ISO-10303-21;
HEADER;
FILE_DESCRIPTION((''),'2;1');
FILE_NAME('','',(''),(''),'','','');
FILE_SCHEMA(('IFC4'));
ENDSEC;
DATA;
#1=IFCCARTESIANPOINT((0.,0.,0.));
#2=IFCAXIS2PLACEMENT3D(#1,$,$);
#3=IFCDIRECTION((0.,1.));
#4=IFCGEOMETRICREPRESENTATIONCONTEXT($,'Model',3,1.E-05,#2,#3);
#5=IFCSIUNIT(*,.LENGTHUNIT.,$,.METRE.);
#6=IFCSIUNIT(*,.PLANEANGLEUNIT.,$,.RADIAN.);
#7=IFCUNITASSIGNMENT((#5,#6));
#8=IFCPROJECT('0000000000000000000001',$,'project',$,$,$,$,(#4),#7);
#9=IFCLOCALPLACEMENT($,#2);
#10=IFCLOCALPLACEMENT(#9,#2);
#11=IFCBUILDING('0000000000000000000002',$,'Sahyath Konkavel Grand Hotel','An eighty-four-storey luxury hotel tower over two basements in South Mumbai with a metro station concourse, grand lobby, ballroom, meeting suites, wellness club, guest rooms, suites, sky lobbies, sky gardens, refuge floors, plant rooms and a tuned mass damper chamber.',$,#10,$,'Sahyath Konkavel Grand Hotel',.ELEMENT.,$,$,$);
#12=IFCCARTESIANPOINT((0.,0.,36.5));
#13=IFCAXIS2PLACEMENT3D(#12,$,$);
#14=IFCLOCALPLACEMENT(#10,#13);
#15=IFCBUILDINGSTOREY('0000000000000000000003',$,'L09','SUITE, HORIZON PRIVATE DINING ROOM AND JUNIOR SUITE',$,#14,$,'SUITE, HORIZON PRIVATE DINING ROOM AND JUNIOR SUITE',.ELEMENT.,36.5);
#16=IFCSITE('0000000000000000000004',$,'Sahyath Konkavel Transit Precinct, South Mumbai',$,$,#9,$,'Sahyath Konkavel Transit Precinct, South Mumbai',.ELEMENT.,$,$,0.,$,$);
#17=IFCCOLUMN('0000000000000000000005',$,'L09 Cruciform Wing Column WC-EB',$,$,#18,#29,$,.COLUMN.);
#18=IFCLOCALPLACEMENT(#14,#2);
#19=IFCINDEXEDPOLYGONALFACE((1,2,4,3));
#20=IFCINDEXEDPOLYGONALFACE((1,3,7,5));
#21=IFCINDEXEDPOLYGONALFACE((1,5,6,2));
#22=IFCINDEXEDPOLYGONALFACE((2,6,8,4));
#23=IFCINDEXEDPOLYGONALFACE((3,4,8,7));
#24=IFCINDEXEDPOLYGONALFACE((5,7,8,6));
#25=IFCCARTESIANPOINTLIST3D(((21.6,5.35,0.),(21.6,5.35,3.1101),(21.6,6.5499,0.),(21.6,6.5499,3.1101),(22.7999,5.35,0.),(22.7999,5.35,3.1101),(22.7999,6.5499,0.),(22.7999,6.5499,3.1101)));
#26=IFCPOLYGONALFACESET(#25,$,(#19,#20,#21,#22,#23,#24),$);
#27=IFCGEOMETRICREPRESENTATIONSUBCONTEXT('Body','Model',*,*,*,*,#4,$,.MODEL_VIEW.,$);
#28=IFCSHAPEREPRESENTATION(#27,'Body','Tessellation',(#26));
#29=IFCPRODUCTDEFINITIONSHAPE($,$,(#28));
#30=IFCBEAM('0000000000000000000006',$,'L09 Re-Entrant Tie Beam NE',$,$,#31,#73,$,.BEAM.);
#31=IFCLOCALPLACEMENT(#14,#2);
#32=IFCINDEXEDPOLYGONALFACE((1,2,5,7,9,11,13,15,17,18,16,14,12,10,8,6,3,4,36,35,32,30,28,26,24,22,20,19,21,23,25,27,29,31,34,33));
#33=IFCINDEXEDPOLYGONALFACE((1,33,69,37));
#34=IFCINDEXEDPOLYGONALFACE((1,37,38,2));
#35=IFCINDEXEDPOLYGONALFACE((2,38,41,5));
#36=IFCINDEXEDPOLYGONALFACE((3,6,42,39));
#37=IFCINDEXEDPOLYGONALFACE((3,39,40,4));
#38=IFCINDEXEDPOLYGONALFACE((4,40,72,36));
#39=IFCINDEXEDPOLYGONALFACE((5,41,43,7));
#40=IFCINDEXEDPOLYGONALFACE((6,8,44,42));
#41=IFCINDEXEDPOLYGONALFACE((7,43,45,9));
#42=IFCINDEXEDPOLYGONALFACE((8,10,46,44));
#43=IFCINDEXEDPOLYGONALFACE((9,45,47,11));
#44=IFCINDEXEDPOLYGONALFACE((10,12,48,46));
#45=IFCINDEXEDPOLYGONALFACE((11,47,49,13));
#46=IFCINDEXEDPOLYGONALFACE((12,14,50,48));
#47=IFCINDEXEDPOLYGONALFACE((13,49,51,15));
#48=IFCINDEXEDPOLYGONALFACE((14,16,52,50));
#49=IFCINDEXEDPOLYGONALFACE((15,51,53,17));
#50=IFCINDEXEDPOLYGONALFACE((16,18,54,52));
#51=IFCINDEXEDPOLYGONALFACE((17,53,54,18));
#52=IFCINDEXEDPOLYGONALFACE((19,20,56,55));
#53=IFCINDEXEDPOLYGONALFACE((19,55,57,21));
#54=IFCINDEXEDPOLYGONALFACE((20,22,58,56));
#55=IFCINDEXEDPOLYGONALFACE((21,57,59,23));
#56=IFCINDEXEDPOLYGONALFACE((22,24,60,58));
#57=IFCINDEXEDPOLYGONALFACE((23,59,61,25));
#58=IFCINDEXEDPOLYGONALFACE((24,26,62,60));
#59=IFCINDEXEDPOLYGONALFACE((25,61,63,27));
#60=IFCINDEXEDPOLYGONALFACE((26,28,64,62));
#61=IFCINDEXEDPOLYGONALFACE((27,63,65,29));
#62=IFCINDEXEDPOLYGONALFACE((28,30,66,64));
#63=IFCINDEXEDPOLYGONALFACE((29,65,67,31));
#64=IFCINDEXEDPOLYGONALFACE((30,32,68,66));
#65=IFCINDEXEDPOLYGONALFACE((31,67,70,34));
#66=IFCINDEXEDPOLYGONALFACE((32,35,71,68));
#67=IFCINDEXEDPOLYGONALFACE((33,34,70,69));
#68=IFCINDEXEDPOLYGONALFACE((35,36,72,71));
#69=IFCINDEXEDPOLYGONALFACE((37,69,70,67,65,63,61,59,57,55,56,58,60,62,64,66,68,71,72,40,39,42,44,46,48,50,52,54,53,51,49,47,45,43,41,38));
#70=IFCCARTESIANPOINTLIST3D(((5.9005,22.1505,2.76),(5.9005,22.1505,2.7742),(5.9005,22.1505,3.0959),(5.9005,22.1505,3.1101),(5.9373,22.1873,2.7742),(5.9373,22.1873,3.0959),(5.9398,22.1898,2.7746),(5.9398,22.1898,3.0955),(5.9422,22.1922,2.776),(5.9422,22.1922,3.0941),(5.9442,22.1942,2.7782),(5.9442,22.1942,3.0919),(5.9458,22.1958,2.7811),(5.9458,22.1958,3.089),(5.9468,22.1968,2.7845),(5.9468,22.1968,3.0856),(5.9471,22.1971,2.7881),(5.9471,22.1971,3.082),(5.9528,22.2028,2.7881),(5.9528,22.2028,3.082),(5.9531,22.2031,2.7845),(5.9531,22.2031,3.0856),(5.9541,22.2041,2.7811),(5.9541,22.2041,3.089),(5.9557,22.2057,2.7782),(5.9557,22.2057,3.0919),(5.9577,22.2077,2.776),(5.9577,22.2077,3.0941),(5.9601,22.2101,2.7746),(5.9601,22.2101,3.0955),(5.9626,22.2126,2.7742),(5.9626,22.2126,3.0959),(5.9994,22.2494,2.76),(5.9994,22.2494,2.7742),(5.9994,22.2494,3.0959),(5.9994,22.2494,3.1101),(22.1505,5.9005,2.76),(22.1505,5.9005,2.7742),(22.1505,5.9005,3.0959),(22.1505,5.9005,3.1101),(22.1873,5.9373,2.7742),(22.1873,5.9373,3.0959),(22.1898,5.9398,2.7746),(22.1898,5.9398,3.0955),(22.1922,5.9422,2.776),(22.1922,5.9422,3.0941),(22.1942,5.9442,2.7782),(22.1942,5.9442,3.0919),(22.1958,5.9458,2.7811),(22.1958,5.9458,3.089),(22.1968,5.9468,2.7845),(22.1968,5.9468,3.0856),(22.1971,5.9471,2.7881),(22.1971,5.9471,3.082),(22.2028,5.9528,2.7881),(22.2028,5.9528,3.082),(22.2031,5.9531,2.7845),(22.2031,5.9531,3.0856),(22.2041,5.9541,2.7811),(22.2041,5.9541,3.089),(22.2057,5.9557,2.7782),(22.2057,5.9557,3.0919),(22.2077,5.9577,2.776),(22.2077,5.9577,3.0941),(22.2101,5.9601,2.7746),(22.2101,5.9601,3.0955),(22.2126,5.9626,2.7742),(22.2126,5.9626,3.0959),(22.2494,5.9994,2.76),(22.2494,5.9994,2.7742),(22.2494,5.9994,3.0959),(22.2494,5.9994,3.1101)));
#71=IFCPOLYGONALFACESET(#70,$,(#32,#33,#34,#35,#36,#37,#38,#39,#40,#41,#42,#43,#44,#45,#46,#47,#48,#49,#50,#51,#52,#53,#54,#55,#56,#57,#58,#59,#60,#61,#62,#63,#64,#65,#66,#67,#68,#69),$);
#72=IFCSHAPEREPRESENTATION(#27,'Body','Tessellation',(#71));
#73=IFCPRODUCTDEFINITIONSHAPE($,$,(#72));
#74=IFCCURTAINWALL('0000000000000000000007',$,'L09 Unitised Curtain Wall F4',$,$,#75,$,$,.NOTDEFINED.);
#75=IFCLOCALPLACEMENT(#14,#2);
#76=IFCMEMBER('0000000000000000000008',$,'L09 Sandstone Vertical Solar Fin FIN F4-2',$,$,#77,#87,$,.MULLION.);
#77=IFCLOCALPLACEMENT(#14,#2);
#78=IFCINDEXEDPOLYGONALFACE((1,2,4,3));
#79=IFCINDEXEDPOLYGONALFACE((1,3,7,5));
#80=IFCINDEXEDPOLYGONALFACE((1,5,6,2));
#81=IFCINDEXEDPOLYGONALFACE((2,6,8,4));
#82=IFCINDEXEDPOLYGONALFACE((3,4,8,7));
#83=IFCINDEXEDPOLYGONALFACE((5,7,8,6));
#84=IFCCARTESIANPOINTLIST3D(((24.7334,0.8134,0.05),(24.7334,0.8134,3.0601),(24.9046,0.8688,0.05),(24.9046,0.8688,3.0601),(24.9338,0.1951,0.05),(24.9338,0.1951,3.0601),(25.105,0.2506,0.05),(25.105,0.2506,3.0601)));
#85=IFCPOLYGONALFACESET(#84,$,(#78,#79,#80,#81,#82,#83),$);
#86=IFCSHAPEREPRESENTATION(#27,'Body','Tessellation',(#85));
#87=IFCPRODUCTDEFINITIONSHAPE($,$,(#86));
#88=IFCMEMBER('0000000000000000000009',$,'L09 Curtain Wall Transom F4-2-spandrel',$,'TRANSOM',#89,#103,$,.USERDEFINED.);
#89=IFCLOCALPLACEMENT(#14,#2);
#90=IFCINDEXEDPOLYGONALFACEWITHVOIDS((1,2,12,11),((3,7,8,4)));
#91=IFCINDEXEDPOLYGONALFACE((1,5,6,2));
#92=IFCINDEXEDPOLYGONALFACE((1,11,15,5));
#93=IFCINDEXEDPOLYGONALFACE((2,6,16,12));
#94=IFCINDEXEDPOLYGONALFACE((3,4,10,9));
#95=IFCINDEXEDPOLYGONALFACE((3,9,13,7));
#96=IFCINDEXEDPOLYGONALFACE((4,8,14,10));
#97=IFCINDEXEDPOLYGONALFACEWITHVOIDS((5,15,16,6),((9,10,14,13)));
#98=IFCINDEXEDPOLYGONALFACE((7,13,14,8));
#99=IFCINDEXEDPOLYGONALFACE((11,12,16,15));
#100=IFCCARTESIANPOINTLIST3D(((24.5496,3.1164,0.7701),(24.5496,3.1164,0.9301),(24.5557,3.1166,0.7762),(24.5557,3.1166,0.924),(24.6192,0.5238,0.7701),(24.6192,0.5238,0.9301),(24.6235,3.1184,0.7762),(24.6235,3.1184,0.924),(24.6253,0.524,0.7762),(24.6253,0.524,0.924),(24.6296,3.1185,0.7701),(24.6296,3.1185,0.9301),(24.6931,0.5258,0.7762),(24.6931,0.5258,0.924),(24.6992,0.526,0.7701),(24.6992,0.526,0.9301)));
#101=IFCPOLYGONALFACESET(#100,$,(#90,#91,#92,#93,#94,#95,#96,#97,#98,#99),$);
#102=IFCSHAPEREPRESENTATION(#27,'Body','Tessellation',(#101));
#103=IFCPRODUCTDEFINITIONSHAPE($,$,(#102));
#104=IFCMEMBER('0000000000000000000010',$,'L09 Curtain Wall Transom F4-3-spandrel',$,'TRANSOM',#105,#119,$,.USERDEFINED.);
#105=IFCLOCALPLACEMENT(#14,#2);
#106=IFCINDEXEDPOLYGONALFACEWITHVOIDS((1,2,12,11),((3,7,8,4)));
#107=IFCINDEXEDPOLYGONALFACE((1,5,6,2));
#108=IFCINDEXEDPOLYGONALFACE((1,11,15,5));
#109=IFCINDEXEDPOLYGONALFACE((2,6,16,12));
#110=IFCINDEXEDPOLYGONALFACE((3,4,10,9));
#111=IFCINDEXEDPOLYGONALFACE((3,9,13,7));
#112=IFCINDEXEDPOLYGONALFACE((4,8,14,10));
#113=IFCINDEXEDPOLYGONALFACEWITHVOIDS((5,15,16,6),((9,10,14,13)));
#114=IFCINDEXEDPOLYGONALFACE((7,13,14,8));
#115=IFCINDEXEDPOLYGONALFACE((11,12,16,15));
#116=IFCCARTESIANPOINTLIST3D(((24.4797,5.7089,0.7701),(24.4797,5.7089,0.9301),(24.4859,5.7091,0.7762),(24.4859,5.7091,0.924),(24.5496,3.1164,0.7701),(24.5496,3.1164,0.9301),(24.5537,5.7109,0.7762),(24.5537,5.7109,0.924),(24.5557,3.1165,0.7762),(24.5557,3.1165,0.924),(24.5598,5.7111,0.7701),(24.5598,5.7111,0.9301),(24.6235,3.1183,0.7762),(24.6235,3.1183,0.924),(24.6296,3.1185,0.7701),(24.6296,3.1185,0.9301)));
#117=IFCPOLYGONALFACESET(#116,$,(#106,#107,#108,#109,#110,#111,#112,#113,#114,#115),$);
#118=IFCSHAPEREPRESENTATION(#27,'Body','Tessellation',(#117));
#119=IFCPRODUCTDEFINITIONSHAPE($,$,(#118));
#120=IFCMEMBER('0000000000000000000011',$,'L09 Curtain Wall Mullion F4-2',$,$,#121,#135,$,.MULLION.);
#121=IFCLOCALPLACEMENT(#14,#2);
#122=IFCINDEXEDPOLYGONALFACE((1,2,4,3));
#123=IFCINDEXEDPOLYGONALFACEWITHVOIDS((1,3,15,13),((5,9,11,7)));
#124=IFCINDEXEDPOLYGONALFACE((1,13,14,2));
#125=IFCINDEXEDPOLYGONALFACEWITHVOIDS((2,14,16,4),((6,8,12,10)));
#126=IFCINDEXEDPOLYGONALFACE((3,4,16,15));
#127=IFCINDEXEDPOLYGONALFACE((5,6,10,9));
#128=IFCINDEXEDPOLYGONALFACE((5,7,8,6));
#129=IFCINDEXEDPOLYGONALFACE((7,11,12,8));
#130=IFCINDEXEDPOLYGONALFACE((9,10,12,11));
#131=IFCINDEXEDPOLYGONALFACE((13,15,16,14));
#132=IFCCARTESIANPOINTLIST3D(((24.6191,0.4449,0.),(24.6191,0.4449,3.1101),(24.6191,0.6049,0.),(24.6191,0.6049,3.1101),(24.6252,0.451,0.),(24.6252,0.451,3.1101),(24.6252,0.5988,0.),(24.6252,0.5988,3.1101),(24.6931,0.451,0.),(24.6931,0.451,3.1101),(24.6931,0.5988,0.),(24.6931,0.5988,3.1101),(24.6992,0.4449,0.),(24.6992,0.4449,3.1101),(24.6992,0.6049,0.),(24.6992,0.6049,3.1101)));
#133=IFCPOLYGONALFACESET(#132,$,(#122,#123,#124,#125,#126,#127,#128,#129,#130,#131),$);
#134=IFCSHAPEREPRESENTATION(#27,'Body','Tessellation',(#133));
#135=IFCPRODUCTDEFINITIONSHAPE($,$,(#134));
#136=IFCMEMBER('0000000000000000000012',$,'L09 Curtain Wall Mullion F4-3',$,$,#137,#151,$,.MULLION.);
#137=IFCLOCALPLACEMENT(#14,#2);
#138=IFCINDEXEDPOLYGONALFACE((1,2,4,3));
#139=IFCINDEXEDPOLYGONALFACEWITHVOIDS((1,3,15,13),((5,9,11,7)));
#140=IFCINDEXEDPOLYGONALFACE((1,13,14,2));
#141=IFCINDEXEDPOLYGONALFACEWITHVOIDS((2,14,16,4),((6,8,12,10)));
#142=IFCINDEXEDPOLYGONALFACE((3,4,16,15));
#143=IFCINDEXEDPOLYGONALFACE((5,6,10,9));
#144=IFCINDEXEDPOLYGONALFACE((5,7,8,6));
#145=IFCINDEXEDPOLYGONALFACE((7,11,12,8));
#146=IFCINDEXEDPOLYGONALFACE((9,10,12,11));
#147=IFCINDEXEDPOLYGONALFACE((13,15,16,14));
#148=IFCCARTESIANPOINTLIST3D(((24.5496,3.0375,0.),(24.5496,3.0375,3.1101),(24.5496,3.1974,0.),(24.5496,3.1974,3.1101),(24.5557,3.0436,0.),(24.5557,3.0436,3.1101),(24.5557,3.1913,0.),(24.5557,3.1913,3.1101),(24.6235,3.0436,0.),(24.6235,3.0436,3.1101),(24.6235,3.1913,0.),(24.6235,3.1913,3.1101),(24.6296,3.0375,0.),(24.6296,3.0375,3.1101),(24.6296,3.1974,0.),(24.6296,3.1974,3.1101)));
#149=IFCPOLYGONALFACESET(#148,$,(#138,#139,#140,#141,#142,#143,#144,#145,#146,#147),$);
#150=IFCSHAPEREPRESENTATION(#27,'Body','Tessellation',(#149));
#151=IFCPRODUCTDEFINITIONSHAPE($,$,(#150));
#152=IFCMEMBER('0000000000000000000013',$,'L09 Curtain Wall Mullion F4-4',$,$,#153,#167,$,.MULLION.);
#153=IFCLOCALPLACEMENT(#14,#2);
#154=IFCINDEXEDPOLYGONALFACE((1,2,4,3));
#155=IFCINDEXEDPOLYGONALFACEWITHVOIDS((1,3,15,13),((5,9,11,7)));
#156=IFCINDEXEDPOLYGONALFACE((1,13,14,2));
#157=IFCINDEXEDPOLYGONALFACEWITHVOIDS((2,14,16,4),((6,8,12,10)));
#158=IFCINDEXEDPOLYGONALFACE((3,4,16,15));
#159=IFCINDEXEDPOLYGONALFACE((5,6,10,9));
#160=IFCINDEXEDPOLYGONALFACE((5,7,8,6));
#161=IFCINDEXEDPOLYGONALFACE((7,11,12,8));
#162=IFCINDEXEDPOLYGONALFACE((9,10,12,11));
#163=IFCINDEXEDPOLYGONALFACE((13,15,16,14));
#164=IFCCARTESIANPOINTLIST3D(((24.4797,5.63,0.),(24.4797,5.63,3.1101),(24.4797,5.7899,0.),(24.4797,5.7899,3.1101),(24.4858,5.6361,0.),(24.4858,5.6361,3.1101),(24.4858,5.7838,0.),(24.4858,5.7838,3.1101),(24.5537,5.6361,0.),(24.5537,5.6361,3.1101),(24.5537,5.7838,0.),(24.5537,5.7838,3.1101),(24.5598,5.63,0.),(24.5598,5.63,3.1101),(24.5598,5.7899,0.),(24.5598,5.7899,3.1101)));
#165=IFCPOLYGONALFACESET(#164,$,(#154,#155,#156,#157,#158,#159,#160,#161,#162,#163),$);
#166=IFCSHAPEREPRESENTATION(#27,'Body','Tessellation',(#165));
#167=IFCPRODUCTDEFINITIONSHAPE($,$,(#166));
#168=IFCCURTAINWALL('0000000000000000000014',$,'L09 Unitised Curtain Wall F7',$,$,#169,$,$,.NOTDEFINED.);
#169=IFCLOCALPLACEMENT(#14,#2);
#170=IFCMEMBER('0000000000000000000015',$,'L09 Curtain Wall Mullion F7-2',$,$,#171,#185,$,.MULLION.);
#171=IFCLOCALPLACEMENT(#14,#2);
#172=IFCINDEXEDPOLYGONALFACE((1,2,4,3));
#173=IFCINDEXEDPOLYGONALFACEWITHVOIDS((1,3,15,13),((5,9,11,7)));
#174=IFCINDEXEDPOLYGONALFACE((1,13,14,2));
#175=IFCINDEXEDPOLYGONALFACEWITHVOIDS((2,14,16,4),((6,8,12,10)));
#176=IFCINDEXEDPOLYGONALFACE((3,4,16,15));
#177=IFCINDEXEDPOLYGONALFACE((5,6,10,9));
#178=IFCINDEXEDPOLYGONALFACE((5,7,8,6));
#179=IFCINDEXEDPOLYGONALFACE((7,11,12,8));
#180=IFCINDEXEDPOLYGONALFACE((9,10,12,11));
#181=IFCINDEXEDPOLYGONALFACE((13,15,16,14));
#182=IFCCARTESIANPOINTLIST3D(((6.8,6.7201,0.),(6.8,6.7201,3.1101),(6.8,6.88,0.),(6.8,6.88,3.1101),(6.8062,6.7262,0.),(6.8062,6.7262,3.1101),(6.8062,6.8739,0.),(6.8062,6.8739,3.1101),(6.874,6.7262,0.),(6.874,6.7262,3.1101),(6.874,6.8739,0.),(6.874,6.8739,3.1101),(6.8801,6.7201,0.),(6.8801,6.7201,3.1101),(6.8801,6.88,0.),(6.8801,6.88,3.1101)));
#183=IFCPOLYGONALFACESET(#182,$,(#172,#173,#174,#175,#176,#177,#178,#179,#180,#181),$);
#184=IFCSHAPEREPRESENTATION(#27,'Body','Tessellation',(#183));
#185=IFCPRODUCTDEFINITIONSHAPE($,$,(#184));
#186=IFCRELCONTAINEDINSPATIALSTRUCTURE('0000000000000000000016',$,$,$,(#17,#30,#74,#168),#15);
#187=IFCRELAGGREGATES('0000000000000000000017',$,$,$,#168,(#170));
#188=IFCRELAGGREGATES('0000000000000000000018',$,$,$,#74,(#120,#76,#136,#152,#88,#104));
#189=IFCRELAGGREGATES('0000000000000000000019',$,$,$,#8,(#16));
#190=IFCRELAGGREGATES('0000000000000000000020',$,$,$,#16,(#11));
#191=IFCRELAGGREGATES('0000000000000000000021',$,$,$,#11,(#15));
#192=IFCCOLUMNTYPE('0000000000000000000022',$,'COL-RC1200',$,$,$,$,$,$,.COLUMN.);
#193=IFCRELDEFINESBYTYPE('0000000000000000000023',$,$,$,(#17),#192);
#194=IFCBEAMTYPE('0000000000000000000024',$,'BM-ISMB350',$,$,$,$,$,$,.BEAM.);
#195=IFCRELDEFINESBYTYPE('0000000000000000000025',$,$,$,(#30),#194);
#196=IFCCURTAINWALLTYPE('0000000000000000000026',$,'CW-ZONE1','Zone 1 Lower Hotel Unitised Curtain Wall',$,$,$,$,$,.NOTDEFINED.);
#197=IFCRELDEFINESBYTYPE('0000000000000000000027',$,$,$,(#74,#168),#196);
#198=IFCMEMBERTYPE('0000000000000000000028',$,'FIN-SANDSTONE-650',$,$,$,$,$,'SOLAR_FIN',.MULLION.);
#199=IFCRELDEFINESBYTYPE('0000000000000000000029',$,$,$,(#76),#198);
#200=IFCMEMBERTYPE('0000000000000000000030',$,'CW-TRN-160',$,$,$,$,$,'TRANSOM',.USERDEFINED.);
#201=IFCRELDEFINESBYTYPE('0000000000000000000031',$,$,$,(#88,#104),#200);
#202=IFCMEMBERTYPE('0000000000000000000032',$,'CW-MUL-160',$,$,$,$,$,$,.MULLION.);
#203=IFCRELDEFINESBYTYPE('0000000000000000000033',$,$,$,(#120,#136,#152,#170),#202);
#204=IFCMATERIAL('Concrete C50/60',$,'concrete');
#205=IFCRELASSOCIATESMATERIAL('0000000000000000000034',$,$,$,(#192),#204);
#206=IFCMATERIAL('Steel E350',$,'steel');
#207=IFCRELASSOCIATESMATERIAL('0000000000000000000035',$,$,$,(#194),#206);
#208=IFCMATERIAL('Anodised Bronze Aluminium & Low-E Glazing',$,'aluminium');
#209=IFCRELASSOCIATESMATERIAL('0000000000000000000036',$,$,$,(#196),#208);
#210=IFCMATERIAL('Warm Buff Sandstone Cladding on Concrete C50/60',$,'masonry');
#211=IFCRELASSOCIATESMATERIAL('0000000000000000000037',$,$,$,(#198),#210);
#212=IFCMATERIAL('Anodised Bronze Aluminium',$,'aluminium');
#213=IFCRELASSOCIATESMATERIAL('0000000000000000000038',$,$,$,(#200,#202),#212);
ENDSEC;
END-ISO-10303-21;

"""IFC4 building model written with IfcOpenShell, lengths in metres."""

from ifc_helpers import new_model, si_unit, direction, frame, origin, origin_2d, place, context, subcontext, project, spatial, rectangle, hollow_rectangle, i_section, extrude, source, transform, mapped, material, material_profile, profile_set, type_object, element, aggregate, save


model = new_model("IFC4")

# Units and contexts
model_context = context("Model", 3, precision=1e-05, world=origin(), true_north=direction((0.0, 1.0)))
body_context = subcontext(model_context, "Body", "Model", "MODEL_VIEW")
ifc_project = project(units=[si_unit("LENGTHUNIT", "METRE"), si_unit("PLANEANGLEUNIT", "RADIAN")], contexts=[model_context])

# Site, building, storey
site_placement = place(None, origin())
site = spatial("IfcSite", under=ifc_project, at=site_placement, Name="Sahyath Konkavel Transit Precinct, South Mumbai", LongName="Sahyath Konkavel Transit Precinct, South Mumbai", CompositionType="ELEMENT", RefElevation=0.0)
building_placement = place(site_placement, origin())
building = spatial("IfcBuilding", under=site, at=building_placement, Name="Sahyath Konkavel Grand Hotel", Description="An eighty-four-storey luxury hotel tower over two basements in South Mumbai with a metro station concourse, grand lobby, ballroom, meeting suites, wellness club, guest rooms, suites, sky lobbies, sky gardens, refuge floors, plant rooms and a tuned mass damper chamber.", LongName="Sahyath Konkavel Grand Hotel", CompositionType="ELEMENT")
storey_placement = place(building_placement, frame((0.0, 0.0, 36.5)))
storey = spatial("IfcBuildingStorey", under=building, at=storey_placement, Name="L09", Description="SUITE, HORIZON PRIVATE DINING ROOM AND JUNIOR SUITE", LongName="SUITE, HORIZON PRIVATE DINING ROOM AND JUNIOR SUITE", CompositionType="ELEMENT", Elevation=36.5)

# Column
ifc_material_1 = material(Name="Concrete C50/60", Category="concrete")
ifc_material_profile_1 = material_profile(ifc_material_1, rectangle(XDim=1.2, YDim=1.2, at=origin_2d()), Name="RC 1200x1200")
ifc_profile_set_1 = profile_set([ifc_material_profile_1], Name="Concrete C50/60")
column_type = type_object("IfcColumnType", Name="COL-RC1200", PredefinedType="COLUMN", material=ifc_profile_set_1)
shared_shape_1 = source(origin(), body_context, "Body", "SweptSolid", [
    extrude(rectangle(XDim=1.2, YDim=1.2, at=origin_2d()), origin(), (0.0, 0.0, 1.0), 3.1101),
])
column_placement = place(storey_placement, frame((22.2, 5.95, 0.0), z_axis=(0.0, 0.0, 1.0), x_axis=(1.0, 0.0, 0.0)))
element("IfcColumn", 1, at=column_placement, inside=storey, type_object=column_type, Name="L09 Cruciform Wing Column WC-EB", PredefinedType="COLUMN", context=body_context, shape_type="MappedRepresentation", body=[
    mapped(shared_shape_1, transform((0.0, 0.0, 0.0), scale=1.0)),
])

# Beam
ifc_material_2 = material(Name="Steel E350", Category="steel")
ifc_material_profile_2 = material_profile(ifc_material_2, i_section(OverallWidth=0.1399, OverallDepth=0.3501, WebThickness=0.0081, FlangeThickness=0.0142, FilletRadius=0.0139, at=origin_2d()), Name="ISMB 350")
ifc_profile_set_2 = profile_set([ifc_material_profile_2], Name="Steel E350")
beam_type_1 = type_object("IfcBeamType", Name="BM-ISMB350", PredefinedType="BEAM", material=ifc_profile_set_2)
shared_shape_2 = source(origin(), body_context, "Body", "SweptSolid", [
    extrude(i_section(OverallWidth=0.1399, OverallDepth=0.3501, WebThickness=0.0081, FlangeThickness=0.0142, FilletRadius=0.0139, at=origin_2d()), origin(), (0.0, 0.0, 1.0), 22.981),
])
beam_1_placement = place(storey_placement, frame((22.2, 5.95, 2.9351), z_axis=(-0.707107, 0.707107, 0.0), x_axis=(-0.707107, -0.707107, 0.0)))
element("IfcBeam", 2, at=beam_1_placement, inside=storey, type_object=beam_type_1, Name="L09 Re-Entrant Tie Beam NE", PredefinedType="BEAM", context=body_context, shape_type="MappedRepresentation", body=[
    mapped(shared_shape_2, transform((0.0, 0.0, 0.0), scale=1.0)),
])

# Curtain wall, members
ifc_material_3 = material(Name="Anodised Bronze Aluminium & Low-E Glazing", Category="aluminium")
curtain_wall_type = type_object("IfcCurtainWallType", Name="CW-ZONE1", Description="Zone 1 Lower Hotel Unitised Curtain Wall", PredefinedType="NOTDEFINED", material=ifc_material_3)
curtain_wall_1_placement = place(storey_placement, origin())
curtain_wall_1 = element("IfcCurtainWall", 3, at=curtain_wall_1_placement, inside=storey, type_object=curtain_wall_type, Name="L09 Unitised Curtain Wall F4", PredefinedType="NOTDEFINED")
ifc_material_4 = material(Name="Warm Buff Sandstone Cladding on Concrete C50/60", Category="masonry")
ifc_material_profile_3 = material_profile(ifc_material_4, rectangle(XDim=0.1799, YDim=0.6499, at=origin_2d()), Name="FIN 180x650")
ifc_profile_set_3 = profile_set([ifc_material_profile_3], Name="Warm Buff Sandstone Cladding on Concrete C50/60")
member_type_1 = type_object("IfcMemberType", Name="FIN-SANDSTONE-650", ElementType="SOLAR_FIN", PredefinedType="MULLION", material=ifc_profile_set_3)
shared_shape_3 = source(origin(), body_context, "Body", "SweptSolid", [
    extrude(rectangle(XDim=0.1799, YDim=0.6499, at=origin_2d()), origin(), (0.0, 0.0, 1.0), 3.01),
])
member_1_placement = place(storey_placement, frame((24.9192, 0.532, 0.05), z_axis=(0.0, 0.0, 1.0), x_axis=(0.951272, 0.308353, 0.0)))
member_1 = element("IfcMember", 4, at=member_1_placement, type_object=member_type_1, Name="L09 Sandstone Vertical Solar Fin FIN F4-2", PredefinedType="MULLION", context=body_context, shape_type="MappedRepresentation", body=[
    mapped(shared_shape_3, transform((0.0, 0.0, 0.0), scale=1.0)),
])
ifc_material_5 = material(Name="Anodised Bronze Aluminium", Category="aluminium")
ifc_material_profile_4 = material_profile(ifc_material_5, hollow_rectangle(XDim=0.0801, YDim=0.1599, WallThickness=0.0061, at=origin_2d()), Name="RHS 160x80x6")
ifc_profile_set_4 = profile_set([ifc_material_profile_4], Name="Anodised Bronze Aluminium")
member_type_2 = type_object("IfcMemberType", Name="CW-TRN-160", ElementType="TRANSOM", PredefinedType="USERDEFINED", material=ifc_profile_set_4)
shared_shape_4 = source(origin(), body_context, "Body", "SweptSolid", [
    extrude(hollow_rectangle(XDim=0.0801, YDim=0.1599, WallThickness=0.0061, at=origin_2d()), origin(), (0.0, 0.0, 1.0), 2.5935),
])
member_2_placement = place(storey_placement, frame((24.6592, 0.5249, 0.8501), z_axis=(-0.026829, 0.99964, 0.0), x_axis=(-0.99964, -0.026829, 0.0)))
member_2 = element("IfcMember", 5, at=member_2_placement, type_object=member_type_2, Name="L09 Curtain Wall Transom F4-2-spandrel", ObjectType="TRANSOM", PredefinedType="USERDEFINED", context=body_context, shape_type="MappedRepresentation", body=[
    mapped(shared_shape_4, transform((0.0, 0.0, 0.0), scale=1.0)),
])
member_3_placement = place(storey_placement, frame((24.5896, 3.1174, 0.8501), z_axis=(-0.026923, 0.999638, 0.0), x_axis=(-0.999638, -0.026923, 0.0)))
member_3 = element("IfcMember", 6, at=member_3_placement, type_object=member_type_2, Name="L09 Curtain Wall Transom F4-3-spandrel", ObjectType="TRANSOM", PredefinedType="USERDEFINED", context=body_context, shape_type="MappedRepresentation", body=[
    mapped(shared_shape_4, transform((0.0, 0.0, 0.0), scale=1.0)),
])
ifc_material_profile_5 = material_profile(ifc_material_5, hollow_rectangle(XDim=0.0801, YDim=0.1599, WallThickness=0.0061, at=origin_2d()), Name="RHS 160x80x6")
ifc_profile_set_5 = profile_set([ifc_material_profile_5], Name="Anodised Bronze Aluminium")
member_type_3 = type_object("IfcMemberType", Name="CW-MUL-160", PredefinedType="MULLION", material=ifc_profile_set_5)
shared_shape_5 = source(origin(), body_context, "Body", "SweptSolid", [
    extrude(hollow_rectangle(XDim=0.0801, YDim=0.1599, WallThickness=0.0061, at=origin_2d()), origin(), (0.0, 0.0, 1.0), 3.1101),
])
member_4_placement = place(storey_placement, frame((24.6592, 0.5249, 0.0), z_axis=(0.0, 0.0, 1.0), x_axis=(1.0, 0.0, 0.0)))
member_4 = element("IfcMember", 7, at=member_4_placement, type_object=member_type_3, Name="L09 Curtain Wall Mullion F4-2", PredefinedType="MULLION", context=body_context, shape_type="MappedRepresentation", body=[
    mapped(shared_shape_5, transform((0.0, 0.0, 0.0), scale=1.0)),
])
member_5_placement = place(storey_placement, frame((24.5896, 3.1174, 0.0), z_axis=(0.0, 0.0, 1.0), x_axis=(1.0, 0.0, 0.0)))
member_5 = element("IfcMember", 8, at=member_5_placement, type_object=member_type_3, Name="L09 Curtain Wall Mullion F4-3", PredefinedType="MULLION", context=body_context, shape_type="MappedRepresentation", body=[
    mapped(shared_shape_5, transform((0.0, 0.0, 0.0), scale=1.0)),
])
member_6_placement = place(storey_placement, frame((24.5198, 5.71, 0.0), z_axis=(0.0, 0.0, 1.0), x_axis=(1.0, 0.0, 0.0)))
member_6 = element("IfcMember", 9, at=member_6_placement, type_object=member_type_3, Name="L09 Curtain Wall Mullion F4-4", PredefinedType="MULLION", context=body_context, shape_type="MappedRepresentation", body=[
    mapped(shared_shape_5, transform((0.0, 0.0, 0.0), scale=1.0)),
])

# Curtain wall, member
curtain_wall_2_placement = place(storey_placement, origin())
curtain_wall_2 = element("IfcCurtainWall", 10, at=curtain_wall_2_placement, inside=storey, type_object=curtain_wall_type, Name="L09 Unitised Curtain Wall F7", PredefinedType="NOTDEFINED")
member_7_placement = place(storey_placement, frame((6.8401, 6.8, 0.0), z_axis=(0.0, 0.0, 1.0), x_axis=(1.0, 0.0, 0.0)))
member_7 = element("IfcMember", 11, at=member_7_placement, type_object=member_type_3, Name="L09 Curtain Wall Mullion F7-2", PredefinedType="MULLION", context=body_context, shape_type="MappedRepresentation", body=[
    mapped(shared_shape_5, transform((0.0, 0.0, 0.0), scale=1.0)),
])

aggregate(curtain_wall_2, [member_7])
aggregate(curtain_wall_1, [member_4, member_1, member_5, member_6, member_2, member_3])

save(model, "model.ifc")
